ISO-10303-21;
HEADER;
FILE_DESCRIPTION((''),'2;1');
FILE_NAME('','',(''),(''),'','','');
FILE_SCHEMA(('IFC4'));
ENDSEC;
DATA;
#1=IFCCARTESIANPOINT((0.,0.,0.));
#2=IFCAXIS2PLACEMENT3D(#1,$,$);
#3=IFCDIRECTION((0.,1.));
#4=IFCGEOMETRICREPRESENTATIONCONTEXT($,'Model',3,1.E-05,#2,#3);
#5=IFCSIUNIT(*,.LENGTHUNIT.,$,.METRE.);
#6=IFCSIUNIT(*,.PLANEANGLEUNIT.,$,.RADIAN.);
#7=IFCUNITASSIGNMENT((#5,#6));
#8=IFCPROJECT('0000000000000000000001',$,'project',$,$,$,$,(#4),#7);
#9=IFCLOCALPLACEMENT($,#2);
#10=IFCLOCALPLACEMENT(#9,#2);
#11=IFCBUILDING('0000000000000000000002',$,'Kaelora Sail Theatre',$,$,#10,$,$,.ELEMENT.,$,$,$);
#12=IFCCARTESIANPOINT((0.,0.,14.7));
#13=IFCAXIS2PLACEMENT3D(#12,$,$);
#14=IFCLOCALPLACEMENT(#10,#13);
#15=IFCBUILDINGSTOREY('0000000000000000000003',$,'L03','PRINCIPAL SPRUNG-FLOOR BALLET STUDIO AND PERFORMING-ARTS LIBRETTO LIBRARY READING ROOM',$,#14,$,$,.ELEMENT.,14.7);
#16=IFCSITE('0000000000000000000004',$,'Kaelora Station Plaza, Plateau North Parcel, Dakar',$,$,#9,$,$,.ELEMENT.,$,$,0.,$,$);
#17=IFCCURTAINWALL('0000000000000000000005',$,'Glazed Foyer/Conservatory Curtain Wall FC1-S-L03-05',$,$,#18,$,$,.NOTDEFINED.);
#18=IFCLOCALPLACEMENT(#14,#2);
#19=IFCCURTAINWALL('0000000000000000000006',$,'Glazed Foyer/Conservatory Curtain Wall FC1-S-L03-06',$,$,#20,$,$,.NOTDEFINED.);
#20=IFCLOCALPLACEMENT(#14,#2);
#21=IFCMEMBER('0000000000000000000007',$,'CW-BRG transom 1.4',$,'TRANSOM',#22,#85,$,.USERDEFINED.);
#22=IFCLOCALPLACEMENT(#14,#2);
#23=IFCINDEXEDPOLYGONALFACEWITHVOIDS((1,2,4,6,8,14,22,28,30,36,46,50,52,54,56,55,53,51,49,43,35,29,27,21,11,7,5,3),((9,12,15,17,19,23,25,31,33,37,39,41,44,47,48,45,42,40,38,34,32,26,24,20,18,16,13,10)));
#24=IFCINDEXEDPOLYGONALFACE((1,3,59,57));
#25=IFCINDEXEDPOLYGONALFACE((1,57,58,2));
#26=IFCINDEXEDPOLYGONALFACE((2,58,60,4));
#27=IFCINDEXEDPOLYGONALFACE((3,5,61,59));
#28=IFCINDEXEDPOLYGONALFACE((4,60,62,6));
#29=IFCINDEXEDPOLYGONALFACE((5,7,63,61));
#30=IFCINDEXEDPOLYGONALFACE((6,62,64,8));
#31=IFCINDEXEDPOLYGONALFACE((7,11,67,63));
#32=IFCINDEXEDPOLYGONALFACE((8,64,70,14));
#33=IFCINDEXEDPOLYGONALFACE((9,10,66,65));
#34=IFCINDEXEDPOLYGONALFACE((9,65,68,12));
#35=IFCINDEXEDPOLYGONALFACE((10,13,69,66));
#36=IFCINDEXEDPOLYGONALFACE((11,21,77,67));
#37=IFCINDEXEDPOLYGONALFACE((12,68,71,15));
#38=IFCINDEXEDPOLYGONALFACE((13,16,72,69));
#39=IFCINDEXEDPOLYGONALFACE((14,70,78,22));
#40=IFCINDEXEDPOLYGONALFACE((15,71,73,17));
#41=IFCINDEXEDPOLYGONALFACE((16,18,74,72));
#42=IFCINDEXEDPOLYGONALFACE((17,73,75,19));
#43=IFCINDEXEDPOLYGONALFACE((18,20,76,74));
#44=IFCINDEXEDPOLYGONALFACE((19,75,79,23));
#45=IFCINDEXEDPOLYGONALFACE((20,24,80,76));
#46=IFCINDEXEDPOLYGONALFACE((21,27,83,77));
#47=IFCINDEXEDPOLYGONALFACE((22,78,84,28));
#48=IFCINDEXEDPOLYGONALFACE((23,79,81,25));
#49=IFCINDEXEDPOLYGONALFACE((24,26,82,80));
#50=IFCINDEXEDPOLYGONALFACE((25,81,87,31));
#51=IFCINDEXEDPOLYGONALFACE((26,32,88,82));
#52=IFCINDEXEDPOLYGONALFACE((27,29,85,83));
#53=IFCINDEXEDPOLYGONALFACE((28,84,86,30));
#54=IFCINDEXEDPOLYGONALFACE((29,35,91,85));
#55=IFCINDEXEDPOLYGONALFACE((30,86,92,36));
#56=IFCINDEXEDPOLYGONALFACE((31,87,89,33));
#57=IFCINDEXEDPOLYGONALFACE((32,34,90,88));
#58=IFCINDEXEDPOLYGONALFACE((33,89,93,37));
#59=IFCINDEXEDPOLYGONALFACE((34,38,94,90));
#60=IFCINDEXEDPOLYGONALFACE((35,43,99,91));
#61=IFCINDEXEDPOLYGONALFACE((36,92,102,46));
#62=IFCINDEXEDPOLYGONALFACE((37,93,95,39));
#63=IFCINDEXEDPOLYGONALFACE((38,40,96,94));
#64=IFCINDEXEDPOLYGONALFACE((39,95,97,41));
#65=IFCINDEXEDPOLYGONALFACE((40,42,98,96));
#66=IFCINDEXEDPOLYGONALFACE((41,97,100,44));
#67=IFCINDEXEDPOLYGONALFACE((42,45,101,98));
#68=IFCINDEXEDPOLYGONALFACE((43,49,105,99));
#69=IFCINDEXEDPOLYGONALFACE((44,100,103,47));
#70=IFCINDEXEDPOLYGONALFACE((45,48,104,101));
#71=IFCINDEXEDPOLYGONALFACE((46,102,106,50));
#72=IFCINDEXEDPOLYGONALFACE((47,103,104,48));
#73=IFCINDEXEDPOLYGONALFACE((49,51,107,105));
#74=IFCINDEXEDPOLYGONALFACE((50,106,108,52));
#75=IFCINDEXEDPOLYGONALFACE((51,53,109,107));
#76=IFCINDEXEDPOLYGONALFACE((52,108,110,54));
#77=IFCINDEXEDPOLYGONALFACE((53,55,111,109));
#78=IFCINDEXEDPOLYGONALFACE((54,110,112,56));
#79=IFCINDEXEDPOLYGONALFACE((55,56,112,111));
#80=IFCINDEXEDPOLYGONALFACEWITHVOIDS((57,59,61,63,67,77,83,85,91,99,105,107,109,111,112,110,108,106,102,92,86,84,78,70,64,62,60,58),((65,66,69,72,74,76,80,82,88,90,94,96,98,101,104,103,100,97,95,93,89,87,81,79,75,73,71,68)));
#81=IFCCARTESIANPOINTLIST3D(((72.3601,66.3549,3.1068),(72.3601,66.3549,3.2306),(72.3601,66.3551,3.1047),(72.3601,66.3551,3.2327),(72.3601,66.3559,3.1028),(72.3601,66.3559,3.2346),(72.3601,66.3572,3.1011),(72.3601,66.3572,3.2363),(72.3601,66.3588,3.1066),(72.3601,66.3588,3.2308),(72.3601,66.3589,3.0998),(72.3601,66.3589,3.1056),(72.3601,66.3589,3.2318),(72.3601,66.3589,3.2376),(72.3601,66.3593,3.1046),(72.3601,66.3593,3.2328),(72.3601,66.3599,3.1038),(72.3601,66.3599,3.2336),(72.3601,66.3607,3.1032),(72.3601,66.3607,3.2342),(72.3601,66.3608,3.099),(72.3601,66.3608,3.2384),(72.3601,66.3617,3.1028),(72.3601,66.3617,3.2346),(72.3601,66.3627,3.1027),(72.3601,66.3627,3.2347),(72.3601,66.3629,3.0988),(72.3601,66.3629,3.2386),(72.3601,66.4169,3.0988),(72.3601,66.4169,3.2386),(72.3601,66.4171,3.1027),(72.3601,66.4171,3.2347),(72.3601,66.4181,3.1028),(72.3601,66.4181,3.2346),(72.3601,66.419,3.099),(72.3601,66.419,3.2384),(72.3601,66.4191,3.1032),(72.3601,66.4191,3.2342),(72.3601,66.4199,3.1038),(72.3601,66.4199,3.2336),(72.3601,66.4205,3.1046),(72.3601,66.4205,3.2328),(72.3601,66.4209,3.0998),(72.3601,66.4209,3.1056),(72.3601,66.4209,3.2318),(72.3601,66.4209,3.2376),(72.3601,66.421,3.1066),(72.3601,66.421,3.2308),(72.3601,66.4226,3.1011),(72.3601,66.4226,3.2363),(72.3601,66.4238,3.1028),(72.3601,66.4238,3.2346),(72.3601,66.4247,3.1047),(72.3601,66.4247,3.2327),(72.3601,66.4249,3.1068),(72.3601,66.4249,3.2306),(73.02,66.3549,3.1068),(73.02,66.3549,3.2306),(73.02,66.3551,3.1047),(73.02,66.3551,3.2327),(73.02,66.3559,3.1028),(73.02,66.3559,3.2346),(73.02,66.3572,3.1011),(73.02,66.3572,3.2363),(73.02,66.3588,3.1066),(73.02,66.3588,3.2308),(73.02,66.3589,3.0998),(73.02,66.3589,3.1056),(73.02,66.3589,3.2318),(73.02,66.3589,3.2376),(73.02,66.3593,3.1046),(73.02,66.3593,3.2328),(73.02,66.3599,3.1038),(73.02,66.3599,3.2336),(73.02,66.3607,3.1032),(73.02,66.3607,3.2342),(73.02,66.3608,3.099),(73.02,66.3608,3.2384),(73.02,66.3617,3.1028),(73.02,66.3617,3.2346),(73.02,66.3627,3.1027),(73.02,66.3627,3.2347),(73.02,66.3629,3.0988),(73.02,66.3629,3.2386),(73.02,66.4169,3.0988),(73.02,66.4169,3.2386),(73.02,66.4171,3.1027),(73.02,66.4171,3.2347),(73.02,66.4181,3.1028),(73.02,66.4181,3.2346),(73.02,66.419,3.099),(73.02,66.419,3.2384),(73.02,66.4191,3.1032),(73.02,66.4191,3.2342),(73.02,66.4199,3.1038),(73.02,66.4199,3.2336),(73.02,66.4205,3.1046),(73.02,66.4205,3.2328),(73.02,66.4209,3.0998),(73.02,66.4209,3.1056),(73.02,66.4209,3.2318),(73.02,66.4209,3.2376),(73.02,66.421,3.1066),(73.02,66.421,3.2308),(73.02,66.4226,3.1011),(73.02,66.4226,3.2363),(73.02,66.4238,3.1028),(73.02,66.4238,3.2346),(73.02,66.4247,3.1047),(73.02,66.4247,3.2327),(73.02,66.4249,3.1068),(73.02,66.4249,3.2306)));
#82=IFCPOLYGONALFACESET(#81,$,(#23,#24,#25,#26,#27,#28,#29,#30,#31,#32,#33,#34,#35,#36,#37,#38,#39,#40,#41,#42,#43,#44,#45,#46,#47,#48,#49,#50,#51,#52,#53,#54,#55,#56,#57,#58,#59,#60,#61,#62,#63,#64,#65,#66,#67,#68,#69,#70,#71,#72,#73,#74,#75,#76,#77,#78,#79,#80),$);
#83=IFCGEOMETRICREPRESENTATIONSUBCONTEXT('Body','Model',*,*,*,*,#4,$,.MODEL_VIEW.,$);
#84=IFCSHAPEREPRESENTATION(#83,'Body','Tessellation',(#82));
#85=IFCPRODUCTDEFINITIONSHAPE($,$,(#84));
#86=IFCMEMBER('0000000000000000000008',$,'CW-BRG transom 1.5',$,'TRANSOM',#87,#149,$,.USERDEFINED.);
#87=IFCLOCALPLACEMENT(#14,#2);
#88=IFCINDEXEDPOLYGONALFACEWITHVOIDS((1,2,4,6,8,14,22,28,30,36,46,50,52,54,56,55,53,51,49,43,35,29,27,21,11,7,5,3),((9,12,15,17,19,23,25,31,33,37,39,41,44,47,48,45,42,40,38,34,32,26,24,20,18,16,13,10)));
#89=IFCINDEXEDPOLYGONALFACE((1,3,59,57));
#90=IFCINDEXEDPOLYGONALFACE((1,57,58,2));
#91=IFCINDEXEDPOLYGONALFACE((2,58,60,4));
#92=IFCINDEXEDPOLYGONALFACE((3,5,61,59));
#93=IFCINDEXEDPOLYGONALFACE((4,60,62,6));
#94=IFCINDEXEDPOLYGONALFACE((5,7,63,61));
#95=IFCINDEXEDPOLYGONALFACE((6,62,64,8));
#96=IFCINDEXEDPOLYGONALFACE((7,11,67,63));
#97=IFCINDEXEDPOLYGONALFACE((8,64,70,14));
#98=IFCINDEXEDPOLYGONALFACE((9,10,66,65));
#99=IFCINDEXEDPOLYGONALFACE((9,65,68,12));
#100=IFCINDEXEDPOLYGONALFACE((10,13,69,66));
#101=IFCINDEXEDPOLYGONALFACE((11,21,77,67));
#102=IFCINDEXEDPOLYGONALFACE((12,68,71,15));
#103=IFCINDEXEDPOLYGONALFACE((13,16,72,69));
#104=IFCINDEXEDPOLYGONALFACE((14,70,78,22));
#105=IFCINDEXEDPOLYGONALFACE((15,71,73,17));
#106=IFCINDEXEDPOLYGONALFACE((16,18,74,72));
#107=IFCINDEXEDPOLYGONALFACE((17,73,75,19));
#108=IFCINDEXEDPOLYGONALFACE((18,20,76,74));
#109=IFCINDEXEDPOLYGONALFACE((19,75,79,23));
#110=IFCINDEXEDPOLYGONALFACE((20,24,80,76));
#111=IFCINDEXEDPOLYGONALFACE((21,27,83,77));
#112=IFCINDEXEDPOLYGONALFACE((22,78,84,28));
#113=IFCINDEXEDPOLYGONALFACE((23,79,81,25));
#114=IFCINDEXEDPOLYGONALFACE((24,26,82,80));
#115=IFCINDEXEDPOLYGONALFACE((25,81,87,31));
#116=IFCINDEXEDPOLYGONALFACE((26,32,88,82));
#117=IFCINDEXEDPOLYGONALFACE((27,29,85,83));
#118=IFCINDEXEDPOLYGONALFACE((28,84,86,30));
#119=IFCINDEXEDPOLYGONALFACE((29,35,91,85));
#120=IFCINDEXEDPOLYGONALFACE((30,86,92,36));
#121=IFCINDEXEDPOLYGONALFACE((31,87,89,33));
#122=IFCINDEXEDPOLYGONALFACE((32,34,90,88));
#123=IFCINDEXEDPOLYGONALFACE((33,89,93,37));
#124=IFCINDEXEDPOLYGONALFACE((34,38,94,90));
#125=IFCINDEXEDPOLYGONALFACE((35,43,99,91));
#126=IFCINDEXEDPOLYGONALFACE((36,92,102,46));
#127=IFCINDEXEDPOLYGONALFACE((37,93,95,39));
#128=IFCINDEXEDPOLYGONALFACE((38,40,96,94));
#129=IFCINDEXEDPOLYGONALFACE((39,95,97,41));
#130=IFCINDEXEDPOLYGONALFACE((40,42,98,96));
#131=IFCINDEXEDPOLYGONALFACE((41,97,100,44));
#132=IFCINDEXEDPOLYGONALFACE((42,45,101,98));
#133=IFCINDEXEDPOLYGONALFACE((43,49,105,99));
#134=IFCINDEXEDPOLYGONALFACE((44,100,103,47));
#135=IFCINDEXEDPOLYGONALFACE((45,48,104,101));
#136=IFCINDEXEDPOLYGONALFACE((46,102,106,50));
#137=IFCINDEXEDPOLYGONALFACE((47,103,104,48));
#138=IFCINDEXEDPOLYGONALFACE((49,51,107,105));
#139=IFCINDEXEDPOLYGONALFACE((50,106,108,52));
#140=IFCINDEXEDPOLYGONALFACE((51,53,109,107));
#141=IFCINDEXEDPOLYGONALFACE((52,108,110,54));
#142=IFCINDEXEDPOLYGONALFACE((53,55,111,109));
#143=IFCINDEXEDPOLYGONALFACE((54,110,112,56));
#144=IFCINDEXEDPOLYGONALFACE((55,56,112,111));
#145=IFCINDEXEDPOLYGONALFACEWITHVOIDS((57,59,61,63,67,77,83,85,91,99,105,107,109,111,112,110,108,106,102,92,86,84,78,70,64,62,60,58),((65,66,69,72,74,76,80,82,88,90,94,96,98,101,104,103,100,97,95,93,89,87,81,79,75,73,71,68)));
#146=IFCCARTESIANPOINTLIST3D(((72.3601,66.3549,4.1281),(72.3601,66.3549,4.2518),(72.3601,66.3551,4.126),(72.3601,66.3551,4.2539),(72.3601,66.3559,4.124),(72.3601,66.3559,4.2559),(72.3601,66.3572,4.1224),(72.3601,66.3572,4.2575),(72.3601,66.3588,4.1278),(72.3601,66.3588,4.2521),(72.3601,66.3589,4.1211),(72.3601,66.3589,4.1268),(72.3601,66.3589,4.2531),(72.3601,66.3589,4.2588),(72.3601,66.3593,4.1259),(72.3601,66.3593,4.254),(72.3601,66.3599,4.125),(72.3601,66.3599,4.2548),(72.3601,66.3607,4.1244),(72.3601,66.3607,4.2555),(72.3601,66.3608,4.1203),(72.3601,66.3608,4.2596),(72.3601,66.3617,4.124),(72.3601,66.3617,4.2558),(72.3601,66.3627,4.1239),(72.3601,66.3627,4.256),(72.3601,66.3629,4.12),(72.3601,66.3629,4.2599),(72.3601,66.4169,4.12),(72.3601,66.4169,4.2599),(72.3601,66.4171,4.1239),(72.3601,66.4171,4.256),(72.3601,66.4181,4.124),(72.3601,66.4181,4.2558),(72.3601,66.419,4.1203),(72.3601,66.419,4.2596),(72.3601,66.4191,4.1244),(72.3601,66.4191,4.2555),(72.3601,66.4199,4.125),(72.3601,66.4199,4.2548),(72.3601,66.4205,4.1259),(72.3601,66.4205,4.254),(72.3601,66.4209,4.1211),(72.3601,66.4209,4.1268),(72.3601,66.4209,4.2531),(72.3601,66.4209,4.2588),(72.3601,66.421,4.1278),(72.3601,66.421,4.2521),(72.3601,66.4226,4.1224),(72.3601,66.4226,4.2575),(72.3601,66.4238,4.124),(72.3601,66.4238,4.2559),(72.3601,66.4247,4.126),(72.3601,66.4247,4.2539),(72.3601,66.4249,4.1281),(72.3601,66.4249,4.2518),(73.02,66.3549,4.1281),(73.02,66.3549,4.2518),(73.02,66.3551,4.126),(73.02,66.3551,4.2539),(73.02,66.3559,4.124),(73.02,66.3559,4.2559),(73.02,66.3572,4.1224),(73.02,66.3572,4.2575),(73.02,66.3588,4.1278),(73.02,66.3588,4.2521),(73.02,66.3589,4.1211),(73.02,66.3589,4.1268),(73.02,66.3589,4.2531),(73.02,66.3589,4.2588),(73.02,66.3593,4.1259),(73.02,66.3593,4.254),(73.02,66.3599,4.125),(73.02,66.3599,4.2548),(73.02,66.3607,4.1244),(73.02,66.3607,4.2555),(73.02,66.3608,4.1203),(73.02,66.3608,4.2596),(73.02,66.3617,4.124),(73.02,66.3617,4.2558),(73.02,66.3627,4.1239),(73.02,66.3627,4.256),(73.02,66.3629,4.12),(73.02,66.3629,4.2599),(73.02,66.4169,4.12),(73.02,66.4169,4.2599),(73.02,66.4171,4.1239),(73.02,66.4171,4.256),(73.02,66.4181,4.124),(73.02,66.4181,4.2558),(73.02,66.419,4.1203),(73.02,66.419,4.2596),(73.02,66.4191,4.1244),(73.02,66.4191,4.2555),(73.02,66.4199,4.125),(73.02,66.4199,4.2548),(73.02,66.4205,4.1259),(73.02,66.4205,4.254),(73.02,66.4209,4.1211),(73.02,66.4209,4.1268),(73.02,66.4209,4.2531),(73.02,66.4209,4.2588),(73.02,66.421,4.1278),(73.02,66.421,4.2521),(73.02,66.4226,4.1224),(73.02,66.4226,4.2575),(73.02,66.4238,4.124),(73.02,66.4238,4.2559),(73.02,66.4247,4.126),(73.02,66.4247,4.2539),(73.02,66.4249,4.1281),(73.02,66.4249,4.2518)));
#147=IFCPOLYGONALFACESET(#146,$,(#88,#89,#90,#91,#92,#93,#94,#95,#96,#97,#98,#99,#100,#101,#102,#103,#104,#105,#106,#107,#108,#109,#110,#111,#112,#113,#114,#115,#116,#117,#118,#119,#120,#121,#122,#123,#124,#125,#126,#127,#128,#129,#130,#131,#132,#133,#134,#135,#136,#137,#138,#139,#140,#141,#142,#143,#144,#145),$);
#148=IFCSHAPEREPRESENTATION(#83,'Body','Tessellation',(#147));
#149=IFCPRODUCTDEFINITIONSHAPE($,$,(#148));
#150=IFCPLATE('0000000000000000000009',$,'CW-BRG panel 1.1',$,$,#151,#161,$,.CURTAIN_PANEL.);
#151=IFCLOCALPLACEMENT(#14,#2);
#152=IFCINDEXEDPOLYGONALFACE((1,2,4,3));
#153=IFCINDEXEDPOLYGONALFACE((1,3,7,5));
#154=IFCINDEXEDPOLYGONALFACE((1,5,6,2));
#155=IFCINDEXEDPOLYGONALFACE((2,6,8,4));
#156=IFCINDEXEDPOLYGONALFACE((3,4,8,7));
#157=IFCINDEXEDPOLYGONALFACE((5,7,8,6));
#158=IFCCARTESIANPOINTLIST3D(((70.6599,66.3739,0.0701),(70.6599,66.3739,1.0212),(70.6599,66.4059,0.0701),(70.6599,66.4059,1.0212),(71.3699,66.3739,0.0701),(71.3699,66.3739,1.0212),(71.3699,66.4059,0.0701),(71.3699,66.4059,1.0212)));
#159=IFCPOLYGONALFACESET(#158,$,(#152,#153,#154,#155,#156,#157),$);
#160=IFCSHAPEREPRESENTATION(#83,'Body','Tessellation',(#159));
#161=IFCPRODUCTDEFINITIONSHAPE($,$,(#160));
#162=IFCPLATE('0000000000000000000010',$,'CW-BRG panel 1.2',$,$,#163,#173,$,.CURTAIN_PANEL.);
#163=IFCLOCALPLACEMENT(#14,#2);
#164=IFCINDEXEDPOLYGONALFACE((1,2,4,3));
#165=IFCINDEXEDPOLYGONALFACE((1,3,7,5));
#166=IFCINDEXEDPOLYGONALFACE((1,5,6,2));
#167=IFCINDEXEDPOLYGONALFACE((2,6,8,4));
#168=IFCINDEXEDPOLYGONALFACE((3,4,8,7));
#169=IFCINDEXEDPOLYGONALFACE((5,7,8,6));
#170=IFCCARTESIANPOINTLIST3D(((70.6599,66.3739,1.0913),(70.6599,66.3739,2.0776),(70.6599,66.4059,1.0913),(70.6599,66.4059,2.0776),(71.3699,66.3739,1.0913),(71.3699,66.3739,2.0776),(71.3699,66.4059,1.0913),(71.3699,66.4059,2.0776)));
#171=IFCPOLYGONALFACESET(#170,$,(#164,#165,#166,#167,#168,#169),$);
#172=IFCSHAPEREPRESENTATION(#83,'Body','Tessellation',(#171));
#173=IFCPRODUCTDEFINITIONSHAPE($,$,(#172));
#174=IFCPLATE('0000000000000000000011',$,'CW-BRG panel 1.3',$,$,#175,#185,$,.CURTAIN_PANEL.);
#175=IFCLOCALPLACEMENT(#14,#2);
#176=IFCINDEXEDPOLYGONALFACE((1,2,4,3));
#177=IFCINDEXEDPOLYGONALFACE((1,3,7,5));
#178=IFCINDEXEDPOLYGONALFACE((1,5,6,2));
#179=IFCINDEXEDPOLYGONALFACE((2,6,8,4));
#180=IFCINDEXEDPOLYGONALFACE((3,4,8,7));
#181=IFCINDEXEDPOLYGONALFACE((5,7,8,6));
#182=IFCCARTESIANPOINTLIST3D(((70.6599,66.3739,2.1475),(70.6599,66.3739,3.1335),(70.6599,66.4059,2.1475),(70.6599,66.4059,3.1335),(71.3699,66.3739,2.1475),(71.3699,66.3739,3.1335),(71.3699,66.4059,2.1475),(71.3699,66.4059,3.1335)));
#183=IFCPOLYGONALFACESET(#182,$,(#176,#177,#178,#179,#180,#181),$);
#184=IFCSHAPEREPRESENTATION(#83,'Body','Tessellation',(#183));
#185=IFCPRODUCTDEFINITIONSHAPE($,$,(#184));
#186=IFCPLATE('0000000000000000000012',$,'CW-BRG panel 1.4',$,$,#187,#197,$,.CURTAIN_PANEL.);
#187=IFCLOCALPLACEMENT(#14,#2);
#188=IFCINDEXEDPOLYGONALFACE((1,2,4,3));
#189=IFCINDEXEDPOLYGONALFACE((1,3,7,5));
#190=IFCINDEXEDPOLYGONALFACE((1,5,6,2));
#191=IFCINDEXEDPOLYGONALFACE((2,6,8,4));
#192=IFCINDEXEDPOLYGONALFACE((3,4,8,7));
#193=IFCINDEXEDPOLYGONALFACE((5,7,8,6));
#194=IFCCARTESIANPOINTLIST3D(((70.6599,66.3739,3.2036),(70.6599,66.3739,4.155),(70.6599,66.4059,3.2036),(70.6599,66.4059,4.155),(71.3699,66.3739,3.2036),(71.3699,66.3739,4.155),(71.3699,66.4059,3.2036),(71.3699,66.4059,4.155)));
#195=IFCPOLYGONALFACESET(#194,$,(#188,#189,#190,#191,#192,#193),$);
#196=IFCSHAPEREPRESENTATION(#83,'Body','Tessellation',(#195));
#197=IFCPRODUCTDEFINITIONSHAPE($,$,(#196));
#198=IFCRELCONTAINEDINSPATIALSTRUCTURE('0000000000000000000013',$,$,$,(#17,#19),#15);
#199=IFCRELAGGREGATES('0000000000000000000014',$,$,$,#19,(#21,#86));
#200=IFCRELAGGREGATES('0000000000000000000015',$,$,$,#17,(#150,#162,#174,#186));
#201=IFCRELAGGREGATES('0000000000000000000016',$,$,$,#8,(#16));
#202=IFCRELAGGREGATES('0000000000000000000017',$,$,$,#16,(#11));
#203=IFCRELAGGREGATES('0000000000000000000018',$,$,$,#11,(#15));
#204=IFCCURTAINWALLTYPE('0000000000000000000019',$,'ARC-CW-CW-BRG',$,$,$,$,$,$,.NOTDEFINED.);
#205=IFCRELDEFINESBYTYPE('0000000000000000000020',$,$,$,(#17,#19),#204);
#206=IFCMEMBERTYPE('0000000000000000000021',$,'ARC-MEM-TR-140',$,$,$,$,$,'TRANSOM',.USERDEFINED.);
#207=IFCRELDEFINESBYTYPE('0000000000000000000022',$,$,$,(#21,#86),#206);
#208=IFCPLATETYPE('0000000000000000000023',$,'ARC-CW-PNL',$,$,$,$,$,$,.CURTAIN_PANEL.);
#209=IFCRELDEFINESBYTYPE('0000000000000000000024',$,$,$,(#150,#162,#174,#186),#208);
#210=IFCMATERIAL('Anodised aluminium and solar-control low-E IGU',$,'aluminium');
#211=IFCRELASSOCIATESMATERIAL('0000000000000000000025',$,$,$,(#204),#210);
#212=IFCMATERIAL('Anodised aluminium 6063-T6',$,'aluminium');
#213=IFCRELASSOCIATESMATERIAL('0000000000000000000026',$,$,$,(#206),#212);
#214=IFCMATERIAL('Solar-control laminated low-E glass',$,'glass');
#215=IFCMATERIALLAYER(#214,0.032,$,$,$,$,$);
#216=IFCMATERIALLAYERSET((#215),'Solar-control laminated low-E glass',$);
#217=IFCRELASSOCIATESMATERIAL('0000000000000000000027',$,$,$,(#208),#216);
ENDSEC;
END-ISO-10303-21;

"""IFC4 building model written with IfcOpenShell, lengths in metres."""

from ifc_helpers import new_model, si_unit, direction, frame, origin, origin_2d, place, context, subcontext, project, spatial, rectangle, hollow_rectangle, extrude, material, layer, layer_set, material_profile, profile_set, type_object, element, aggregate, save


model = new_model("IFC4")

# Units and contexts
model_context = context("Model", 3, precision=1e-05, world=origin(), true_north=direction((0.0, 1.0)))
body_context = subcontext(model_context, "Body", "Model", "MODEL_VIEW")
ifc_project = project(units=[si_unit("LENGTHUNIT", "METRE"), si_unit("PLANEANGLEUNIT", "RADIAN")], contexts=[model_context])

# Site, building, storey
site_placement = place(None, origin())
site = spatial("IfcSite", under=ifc_project, at=site_placement, Name="Kaelora Station Plaza, Plateau North Parcel, Dakar", CompositionType="ELEMENT", RefElevation=0.0)
building_placement = place(site_placement, origin())
building = spatial("IfcBuilding", under=site, at=building_placement, Name="Kaelora Sail Theatre", CompositionType="ELEMENT")
storey_placement = place(building_placement, frame((0.0, 0.0, 14.7)))
storey = spatial("IfcBuildingStorey", under=building, at=storey_placement, Name="L03", Description="PRINCIPAL SPRUNG-FLOOR BALLET STUDIO AND PERFORMING-ARTS LIBRETTO LIBRARY READING ROOM", CompositionType="ELEMENT", Elevation=14.7)

# Curtain wall
ifc_material_1 = material(Name="Anodised aluminium and solar-control low-E IGU", Category="aluminium")
curtain_wall_type = type_object("IfcCurtainWallType", Name="ARC-CW-CW-BRG", PredefinedType="NOTDEFINED", material=ifc_material_1)
curtain_wall_1_placement = place(storey_placement, origin())
curtain_wall_1 = element("IfcCurtainWall", 1, at=curtain_wall_1_placement, inside=storey, type_object=curtain_wall_type, Name="Glazed Foyer/Conservatory Curtain Wall FC1-S-L03-05", PredefinedType="NOTDEFINED")

# Curtain wall
curtain_wall_2_placement = place(storey_placement, origin())
curtain_wall_2 = element("IfcCurtainWall", 2, at=curtain_wall_2_placement, inside=storey, type_object=curtain_wall_type, Name="Glazed Foyer/Conservatory Curtain Wall FC1-S-L03-06", PredefinedType="NOTDEFINED")

# Members
ifc_material_2 = material(Name="Anodised aluminium 6063-T6", Category="aluminium")
ifc_material_profile_1 = material_profile(ifc_material_2, hollow_rectangle(XDim=0.0701, YDim=0.1399, WallThickness=0.0039, InnerFilletRadius=0.0039, OuterFilletRadius=0.0081, at=origin_2d()), Name="ALU-TRAN 70x140x4")
ifc_profile_set_1 = profile_set([ifc_material_profile_1], Name="Anodised aluminium 6063-T6")
member_type_1 = type_object("IfcMemberType", Name="ARC-MEM-TR-140", ElementType="TRANSOM", PredefinedType="USERDEFINED", material=ifc_profile_set_1)
member_1_placement = place(storey_placement, frame((72.3601, 66.3899, 3.1687), z_axis=(1.0, 0.0, 0.0), x_axis=(0.0, 1.0, 0.0)))
member_1 = element("IfcMember", 3, at=member_1_placement, type_object=member_type_1, Name="CW-BRG transom 1.4", ObjectType="TRANSOM", PredefinedType="USERDEFINED", context=body_context, shape_type="SweptSolid", body=[
    extrude(hollow_rectangle(XDim=0.0701, YDim=0.1399, WallThickness=0.0039, InnerFilletRadius=0.0039, OuterFilletRadius=0.0081, at=origin_2d()), origin(), (0.0, 0.0, 1.0), 0.6599),
])
member_2_placement = place(storey_placement, frame((72.3601, 66.3899, 4.1899), z_axis=(1.0, 0.0, 0.0), x_axis=(0.0, 1.0, 0.0)))
member_2 = element("IfcMember", 4, at=member_2_placement, type_object=member_type_1, Name="CW-BRG transom 1.5", ObjectType="TRANSOM", PredefinedType="USERDEFINED", context=body_context, shape_type="SweptSolid", body=[
    extrude(hollow_rectangle(XDim=0.0701, YDim=0.1399, WallThickness=0.0039, InnerFilletRadius=0.0039, OuterFilletRadius=0.0081, at=origin_2d()), origin(), (0.0, 0.0, 1.0), 0.6599),
])
aggregate(curtain_wall_2, [member_1, member_2])

# Plates
ifc_material_3 = material(Name="Solar-control laminated low-E glass", Category="glass")
ifc_layer = layer(ifc_material_3, 0.032)
ifc_layer_set = layer_set([ifc_layer], Name="Solar-control laminated low-E glass")
plate_type = type_object("IfcPlateType", Name="ARC-CW-PNL", PredefinedType="CURTAIN_PANEL", material=ifc_layer_set)
plate_1_placement = place(storey_placement, frame((71.0149, 66.3899, 0.0701), z_axis=(0.0, 0.0, 1.0), x_axis=(1.0, 0.0, 0.0)))
plate_1 = element("IfcPlate", 5, at=plate_1_placement, type_object=plate_type, Name="CW-BRG panel 1.1", PredefinedType="CURTAIN_PANEL", context=body_context, shape_type="SweptSolid", body=[
    extrude(rectangle(XDim=0.71, YDim=0.032, at=origin_2d()), origin(), (0.0, 0.0, 1.0), 0.9512),
])
plate_2_placement = place(storey_placement, frame((71.0149, 66.3899, 1.0913), z_axis=(0.0, 0.0, 1.0), x_axis=(1.0, 0.0, 0.0)))
plate_2 = element("IfcPlate", 6, at=plate_2_placement, type_object=plate_type, Name="CW-BRG panel 1.2", PredefinedType="CURTAIN_PANEL", context=body_context, shape_type="SweptSolid", body=[
    extrude(rectangle(XDim=0.71, YDim=0.032, at=origin_2d()), origin(), (0.0, 0.0, 1.0), 0.9863),
])
plate_3_placement = place(storey_placement, frame((71.0149, 66.3899, 2.1475), z_axis=(0.0, 0.0, 1.0), x_axis=(1.0, 0.0, 0.0)))
plate_3 = element("IfcPlate", 7, at=plate_3_placement, type_object=plate_type, Name="CW-BRG panel 1.3", PredefinedType="CURTAIN_PANEL", context=body_context, shape_type="SweptSolid", body=[
    extrude(rectangle(XDim=0.71, YDim=0.032, at=origin_2d()), origin(), (0.0, 0.0, 1.0), 0.9861),
])
plate_4_placement = place(storey_placement, frame((71.0149, 66.3899, 3.2036), z_axis=(0.0, 0.0, 1.0), x_axis=(1.0, 0.0, 0.0)))
plate_4 = element("IfcPlate", 8, at=plate_4_placement, type_object=plate_type, Name="CW-BRG panel 1.4", PredefinedType="CURTAIN_PANEL", context=body_context, shape_type="SweptSolid", body=[
    extrude(rectangle(XDim=0.71, YDim=0.032, at=origin_2d()), origin(), (0.0, 0.0, 1.0), 0.9514),
])
aggregate(curtain_wall_1, [plate_1, plate_2, plate_3, plate_4])

save(model, "model.ifc")
